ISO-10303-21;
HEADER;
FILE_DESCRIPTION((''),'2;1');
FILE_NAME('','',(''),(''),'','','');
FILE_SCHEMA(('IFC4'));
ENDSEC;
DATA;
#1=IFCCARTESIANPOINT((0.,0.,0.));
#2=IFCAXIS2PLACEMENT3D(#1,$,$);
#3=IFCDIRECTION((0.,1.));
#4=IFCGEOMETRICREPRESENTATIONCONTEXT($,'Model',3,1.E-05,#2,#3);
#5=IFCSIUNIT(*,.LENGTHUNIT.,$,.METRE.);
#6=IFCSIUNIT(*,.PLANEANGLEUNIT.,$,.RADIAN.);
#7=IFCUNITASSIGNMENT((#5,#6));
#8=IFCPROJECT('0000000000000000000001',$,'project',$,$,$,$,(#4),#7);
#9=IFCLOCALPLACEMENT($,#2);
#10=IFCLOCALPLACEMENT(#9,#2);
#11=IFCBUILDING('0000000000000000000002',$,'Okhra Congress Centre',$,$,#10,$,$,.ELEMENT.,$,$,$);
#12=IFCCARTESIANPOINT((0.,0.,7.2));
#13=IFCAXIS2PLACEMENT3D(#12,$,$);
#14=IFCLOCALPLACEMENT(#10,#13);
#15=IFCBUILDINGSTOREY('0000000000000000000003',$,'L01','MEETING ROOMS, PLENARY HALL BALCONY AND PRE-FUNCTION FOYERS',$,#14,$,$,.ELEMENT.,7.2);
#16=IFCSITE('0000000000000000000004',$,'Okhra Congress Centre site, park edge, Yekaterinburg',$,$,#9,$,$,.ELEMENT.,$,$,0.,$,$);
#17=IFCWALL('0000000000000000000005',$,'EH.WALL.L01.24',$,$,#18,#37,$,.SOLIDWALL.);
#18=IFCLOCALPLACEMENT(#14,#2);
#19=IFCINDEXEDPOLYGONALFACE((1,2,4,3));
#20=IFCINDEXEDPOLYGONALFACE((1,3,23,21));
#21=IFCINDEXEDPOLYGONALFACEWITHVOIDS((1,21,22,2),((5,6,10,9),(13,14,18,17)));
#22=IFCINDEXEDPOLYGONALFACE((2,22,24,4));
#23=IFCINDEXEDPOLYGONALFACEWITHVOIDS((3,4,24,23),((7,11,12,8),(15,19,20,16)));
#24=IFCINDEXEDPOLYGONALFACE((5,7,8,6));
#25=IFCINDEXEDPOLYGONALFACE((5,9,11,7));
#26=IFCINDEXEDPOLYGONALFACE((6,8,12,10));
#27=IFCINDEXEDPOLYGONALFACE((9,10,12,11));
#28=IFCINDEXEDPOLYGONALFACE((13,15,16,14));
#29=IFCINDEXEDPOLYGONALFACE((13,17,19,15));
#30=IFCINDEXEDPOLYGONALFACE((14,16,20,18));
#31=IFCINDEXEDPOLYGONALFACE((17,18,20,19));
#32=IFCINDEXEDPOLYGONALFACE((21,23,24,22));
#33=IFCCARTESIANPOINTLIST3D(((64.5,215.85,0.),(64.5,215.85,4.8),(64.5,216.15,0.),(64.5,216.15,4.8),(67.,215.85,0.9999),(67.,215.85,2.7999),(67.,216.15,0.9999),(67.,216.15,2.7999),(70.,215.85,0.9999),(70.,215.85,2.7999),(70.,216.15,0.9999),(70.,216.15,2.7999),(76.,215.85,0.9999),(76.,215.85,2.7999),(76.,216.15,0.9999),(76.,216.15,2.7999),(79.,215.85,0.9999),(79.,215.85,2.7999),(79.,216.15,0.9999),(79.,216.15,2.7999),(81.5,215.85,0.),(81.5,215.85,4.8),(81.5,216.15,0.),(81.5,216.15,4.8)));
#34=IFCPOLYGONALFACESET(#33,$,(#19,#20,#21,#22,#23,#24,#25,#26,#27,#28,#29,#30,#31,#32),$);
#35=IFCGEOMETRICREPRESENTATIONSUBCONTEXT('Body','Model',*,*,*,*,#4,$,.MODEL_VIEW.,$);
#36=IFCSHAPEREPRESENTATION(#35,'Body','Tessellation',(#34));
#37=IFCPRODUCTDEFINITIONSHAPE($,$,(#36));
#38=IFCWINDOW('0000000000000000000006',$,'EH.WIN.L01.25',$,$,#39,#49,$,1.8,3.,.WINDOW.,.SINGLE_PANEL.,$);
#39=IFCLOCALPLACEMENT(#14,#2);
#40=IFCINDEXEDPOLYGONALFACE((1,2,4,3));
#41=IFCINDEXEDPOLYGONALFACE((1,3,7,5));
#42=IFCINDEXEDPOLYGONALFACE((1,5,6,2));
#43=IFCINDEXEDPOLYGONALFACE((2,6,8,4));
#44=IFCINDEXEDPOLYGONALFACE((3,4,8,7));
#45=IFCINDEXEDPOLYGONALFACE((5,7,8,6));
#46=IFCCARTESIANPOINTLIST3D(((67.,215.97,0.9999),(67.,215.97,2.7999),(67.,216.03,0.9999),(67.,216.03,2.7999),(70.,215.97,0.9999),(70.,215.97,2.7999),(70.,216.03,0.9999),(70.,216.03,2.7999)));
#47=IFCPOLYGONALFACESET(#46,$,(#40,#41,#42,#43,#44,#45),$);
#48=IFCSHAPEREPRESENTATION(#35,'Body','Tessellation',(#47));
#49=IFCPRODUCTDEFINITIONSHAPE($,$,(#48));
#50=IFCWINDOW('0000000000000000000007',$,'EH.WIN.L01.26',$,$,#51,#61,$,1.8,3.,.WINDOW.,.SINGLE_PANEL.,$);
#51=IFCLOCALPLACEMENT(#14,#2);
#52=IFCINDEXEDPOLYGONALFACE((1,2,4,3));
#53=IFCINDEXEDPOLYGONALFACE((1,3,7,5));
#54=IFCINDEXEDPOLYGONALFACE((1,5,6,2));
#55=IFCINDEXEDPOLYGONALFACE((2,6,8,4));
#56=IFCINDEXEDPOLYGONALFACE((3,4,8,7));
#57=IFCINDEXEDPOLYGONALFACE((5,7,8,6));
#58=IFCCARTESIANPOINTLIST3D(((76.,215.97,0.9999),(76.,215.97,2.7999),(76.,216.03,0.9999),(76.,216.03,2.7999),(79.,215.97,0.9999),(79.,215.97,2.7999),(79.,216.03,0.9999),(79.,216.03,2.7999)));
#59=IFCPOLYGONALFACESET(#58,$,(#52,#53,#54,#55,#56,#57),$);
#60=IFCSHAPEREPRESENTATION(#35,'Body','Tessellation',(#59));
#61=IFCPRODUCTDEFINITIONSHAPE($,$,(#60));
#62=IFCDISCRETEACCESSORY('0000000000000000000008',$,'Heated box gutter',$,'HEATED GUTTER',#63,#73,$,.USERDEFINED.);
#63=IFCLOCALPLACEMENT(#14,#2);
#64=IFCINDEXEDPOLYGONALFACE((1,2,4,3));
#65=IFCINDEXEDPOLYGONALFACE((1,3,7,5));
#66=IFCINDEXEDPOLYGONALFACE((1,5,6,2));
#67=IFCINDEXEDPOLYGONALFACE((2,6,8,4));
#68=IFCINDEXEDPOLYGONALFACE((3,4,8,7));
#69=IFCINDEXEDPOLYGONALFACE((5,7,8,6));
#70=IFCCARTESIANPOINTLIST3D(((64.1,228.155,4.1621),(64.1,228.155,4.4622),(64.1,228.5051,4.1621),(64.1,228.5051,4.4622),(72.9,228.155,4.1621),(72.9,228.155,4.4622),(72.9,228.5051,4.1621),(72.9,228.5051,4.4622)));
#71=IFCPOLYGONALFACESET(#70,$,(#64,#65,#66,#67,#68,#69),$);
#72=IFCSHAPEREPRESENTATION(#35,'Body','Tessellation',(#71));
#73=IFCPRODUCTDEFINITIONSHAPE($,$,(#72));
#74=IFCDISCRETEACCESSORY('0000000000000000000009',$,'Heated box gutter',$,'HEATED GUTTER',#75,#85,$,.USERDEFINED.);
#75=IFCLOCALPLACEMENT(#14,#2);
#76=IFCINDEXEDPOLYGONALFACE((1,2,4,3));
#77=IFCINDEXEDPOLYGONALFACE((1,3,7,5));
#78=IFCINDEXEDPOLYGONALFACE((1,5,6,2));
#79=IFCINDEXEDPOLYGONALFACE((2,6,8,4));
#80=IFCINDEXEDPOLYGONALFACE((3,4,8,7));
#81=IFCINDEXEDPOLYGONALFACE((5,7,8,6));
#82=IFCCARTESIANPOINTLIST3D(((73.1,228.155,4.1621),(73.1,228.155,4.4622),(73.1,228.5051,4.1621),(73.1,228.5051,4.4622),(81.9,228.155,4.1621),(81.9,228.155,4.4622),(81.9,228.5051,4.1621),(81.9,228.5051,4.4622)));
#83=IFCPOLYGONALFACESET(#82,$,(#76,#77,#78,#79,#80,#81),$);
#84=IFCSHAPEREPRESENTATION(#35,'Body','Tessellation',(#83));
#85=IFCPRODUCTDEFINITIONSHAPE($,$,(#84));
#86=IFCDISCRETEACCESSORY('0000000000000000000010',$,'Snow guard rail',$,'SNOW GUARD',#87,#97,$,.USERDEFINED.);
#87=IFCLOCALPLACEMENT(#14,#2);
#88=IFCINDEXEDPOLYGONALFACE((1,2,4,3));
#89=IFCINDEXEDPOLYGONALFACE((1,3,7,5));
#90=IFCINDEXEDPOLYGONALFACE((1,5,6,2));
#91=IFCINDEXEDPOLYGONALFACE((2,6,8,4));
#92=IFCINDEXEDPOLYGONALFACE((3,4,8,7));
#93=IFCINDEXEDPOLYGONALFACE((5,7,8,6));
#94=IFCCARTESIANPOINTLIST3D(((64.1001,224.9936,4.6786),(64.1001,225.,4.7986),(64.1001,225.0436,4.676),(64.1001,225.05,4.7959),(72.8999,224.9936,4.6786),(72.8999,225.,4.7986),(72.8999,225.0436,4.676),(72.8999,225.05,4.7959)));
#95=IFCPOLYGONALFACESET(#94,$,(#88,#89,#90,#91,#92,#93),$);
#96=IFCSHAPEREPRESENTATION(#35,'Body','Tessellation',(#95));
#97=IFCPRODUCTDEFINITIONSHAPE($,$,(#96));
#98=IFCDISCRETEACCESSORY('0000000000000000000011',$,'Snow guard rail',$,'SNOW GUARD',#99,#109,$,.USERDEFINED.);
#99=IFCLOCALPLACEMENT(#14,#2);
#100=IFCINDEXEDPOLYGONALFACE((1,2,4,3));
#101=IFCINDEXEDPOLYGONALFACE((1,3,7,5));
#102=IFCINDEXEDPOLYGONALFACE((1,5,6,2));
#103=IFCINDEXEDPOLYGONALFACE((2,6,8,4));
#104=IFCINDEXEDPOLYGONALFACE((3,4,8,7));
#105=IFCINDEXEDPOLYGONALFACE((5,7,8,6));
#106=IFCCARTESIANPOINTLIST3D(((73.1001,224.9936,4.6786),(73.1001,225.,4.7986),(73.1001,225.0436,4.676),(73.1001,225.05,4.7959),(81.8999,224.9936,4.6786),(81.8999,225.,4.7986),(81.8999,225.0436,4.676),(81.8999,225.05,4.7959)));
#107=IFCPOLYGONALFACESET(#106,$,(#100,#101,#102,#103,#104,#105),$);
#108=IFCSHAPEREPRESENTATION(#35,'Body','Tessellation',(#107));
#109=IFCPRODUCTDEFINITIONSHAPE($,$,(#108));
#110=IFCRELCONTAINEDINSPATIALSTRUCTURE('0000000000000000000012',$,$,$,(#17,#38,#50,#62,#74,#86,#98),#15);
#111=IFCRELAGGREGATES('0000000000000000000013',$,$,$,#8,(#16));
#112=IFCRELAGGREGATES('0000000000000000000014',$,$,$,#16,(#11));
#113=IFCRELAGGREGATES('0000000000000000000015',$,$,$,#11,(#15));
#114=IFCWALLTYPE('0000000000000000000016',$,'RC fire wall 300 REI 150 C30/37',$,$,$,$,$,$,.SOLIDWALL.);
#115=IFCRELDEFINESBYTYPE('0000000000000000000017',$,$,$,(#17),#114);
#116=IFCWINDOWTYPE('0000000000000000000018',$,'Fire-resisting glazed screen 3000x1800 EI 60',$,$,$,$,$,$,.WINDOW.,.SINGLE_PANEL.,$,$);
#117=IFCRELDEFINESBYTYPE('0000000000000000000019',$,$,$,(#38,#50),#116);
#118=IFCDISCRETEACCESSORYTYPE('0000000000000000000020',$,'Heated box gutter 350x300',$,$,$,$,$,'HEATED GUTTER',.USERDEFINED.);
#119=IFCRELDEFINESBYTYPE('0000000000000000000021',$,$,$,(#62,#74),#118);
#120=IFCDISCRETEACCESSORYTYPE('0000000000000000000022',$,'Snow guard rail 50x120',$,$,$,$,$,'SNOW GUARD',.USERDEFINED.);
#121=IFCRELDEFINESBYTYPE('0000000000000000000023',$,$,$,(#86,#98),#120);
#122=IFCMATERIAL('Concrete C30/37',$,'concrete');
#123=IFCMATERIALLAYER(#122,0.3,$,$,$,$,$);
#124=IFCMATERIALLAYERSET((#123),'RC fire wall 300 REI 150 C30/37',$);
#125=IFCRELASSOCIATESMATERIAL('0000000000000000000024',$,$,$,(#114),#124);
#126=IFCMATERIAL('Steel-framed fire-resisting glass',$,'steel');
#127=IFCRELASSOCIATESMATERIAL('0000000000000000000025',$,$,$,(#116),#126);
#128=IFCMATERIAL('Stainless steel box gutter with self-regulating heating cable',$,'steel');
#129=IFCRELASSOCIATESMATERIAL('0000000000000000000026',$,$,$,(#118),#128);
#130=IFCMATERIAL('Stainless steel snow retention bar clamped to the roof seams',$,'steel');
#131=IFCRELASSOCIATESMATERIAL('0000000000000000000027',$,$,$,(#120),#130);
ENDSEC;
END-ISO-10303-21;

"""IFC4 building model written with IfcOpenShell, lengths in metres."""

from ifc_helpers import new_model, si_unit, direction, frame, frame_2d, origin, origin_2d, place, context, subcontext, project, spatial, polyline, rectangle, outline, extrude, material, layer, layer_set, type_object, element, fill, save


model = new_model("IFC4")

# Units and contexts
model_context = context("Model", 3, precision=1e-05, world=origin(), true_north=direction((0.0, 1.0)))
body_context = subcontext(model_context, "Body", "Model", "MODEL_VIEW")
ifc_project = project(units=[si_unit("LENGTHUNIT", "METRE"), si_unit("PLANEANGLEUNIT", "RADIAN")], contexts=[model_context])

# Site, building, storey
site_placement = place(None, origin())
site = spatial("IfcSite", under=ifc_project, at=site_placement, Name="Okhra Congress Centre site, park edge, Yekaterinburg", CompositionType="ELEMENT", RefElevation=0.0)
building_placement = place(site_placement, origin())
building = spatial("IfcBuilding", under=site, at=building_placement, Name="Okhra Congress Centre", CompositionType="ELEMENT")
storey_placement = place(building_placement, frame((0.0, 0.0, 7.2)))
storey = spatial("IfcBuildingStorey", under=building, at=storey_placement, Name="L01", Description="MEETING ROOMS, PLENARY HALL BALCONY AND PRE-FUNCTION FOYERS", CompositionType="ELEMENT", Elevation=7.2)

# Wall, openings, windows
ifc_material_1 = material(Name="Concrete C30/37", Category="concrete")
ifc_layer_1 = layer(ifc_material_1, 0.3)
ifc_layer_set_1 = layer_set([ifc_layer_1], Name="RC fire wall 300 REI 150 C30/37")
wall_type_1 = type_object("IfcWallType", Name="RC fire wall 300 REI 150 C30/37", PredefinedType="SOLIDWALL", material=ifc_layer_set_1)
wall_1_placement = place(storey_placement, frame((64.5, 216.0, 0.0), z_axis=(0.0, 0.0, 1.0), x_axis=(1.0, 0.0, 0.0)))
wall_1 = element("IfcWall", 1, at=wall_1_placement, inside=storey, type_object=wall_type_1, Name="EH.WALL.L01.24", PredefinedType="SOLIDWALL", context=body_context, shape_type="SweptSolid", body=[
    extrude(rectangle(XDim=17.0, YDim=0.3, at=frame_2d((8.5, 0.0))), origin(), (0.0, 0.0, 1.0), 4.8),
])
opening_1_placement = place(wall_1_placement, frame((2.5, 0.0, 1.0)))
opening_1 = element("IfcOpeningElement", 2, at=opening_1_placement, cuts=wall_1, PredefinedType="OPENING", context=body_context, shape_type="SweptSolid", body=[
    extrude(rectangle(XDim=3.0, YDim=1.8, at=frame_2d((1.5, 0.8999))), frame((0.0, 0.1599, 0.0), z_axis=(0.0, -1.0, 0.0), x_axis=(1.0, 0.0, 0.0)), (0.0, 0.0, 1.0), 0.3201),
])
opening_2_placement = place(wall_1_placement, frame((11.5, 0.0, 1.0)))
opening_2 = element("IfcOpeningElement", 3, at=opening_2_placement, cuts=wall_1, PredefinedType="OPENING", context=body_context, shape_type="SweptSolid", body=[
    extrude(rectangle(XDim=3.0, YDim=1.8, at=frame_2d((1.5, 0.8999))), frame((0.0, 0.1599, 0.0), z_axis=(0.0, -1.0, 0.0), x_axis=(1.0, 0.0, 0.0)), (0.0, 0.0, 1.0), 0.3201),
])
ifc_material_2 = material(Name="Steel-framed fire-resisting glass", Category="steel")
window_type_1 = type_object("IfcWindowType", Name="Fire-resisting glazed screen 3000x1800 EI 60", PartitioningType="SINGLE_PANEL", PredefinedType="WINDOW", material=ifc_material_2)
window_1_placement = place(opening_1_placement, origin())
window_1 = element("IfcWindow", 4, at=window_1_placement, inside=storey, type_object=window_type_1, Name="EH.WIN.L01.25", OverallHeight=1.8, OverallWidth=3.0, PartitioningType="SINGLE_PANEL", PredefinedType="WINDOW", context=body_context, shape_type="SweptSolid", body=[
    extrude(rectangle(XDim=3.0, YDim=1.8, at=frame_2d((1.5, 0.8999))), frame((0.0, 0.03, 0.0), z_axis=(0.0, -1.0, 0.0), x_axis=(1.0, 0.0, 0.0)), (0.0, 0.0, 1.0), 0.0601),
])
fill(opening_1, window_1)
window_2_placement = place(opening_2_placement, origin())
window_2 = element("IfcWindow", 5, at=window_2_placement, inside=storey, type_object=window_type_1, Name="EH.WIN.L01.26", OverallHeight=1.8, OverallWidth=3.0, PartitioningType="SINGLE_PANEL", PredefinedType="WINDOW", context=body_context, shape_type="SweptSolid", body=[
    extrude(rectangle(XDim=3.0, YDim=1.8, at=frame_2d((1.5, 0.8999))), frame((0.0, 0.03, 0.0), z_axis=(0.0, -1.0, 0.0), x_axis=(1.0, 0.0, 0.0)), (0.0, 0.0, 1.0), 0.0601),
])
fill(opening_2, window_2)

# Discrete accessories
ifc_material_3 = material(Name="Stainless steel box gutter with self-regulating heating cable", Category="steel")
discrete_accessory_type_1 = type_object("IfcDiscreteAccessoryType", Name="Heated box gutter 350x300", ElementType="HEATED GUTTER", PredefinedType="USERDEFINED", material=ifc_material_3)
for number, where, z_axis, x_axis, name in (
    (6, (68.5, 228.3301, 4.1621), (0.0, 0.0, 1.0), (1.0, 0.0, 0.0), "Heated box gutter"),
    (7, (77.5, 228.3301, 4.1621), (0.0, 0.0, 1.0), (1.0, 0.0, 0.0), "Heated box gutter"),
):
    element("IfcDiscreteAccessory", number, at=place(storey_placement, frame(where, z_axis=z_axis, x_axis=x_axis)), inside=storey, type_object=discrete_accessory_type_1, Name=name, ObjectType="HEATED GUTTER", PredefinedType="USERDEFINED", context=body_context, shape_type="SweptSolid", body=[
        extrude(rectangle(XDim=8.8, YDim=0.3501, at=origin_2d()), origin(), (0.0, 0.0, 1.0), 0.3),
    ])
ifc_material_4 = material(Name="Stainless steel snow retention bar clamped to the roof seams", Category="steel")
discrete_accessory_type_2 = type_object("IfcDiscreteAccessoryType", Name="Snow guard rail 50x120", ElementType="SNOW GUARD", PredefinedType="USERDEFINED", material=ifc_material_4)
for number, where, z_axis, x_axis, name in (
    (8, (64.1001, 225.0, 4.7986), (0.0, 0.053581, 0.998563), (1.0, 0.0, 0.0), "Snow guard rail"),
    (9, (73.1001, 225.0, 4.7986), (0.0, 0.053581, 0.998563), (1.0, 0.0, 0.0), "Snow guard rail"),
):
    element("IfcDiscreteAccessory", number, at=place(storey_placement, frame(where, z_axis=z_axis, x_axis=x_axis)), inside=storey, type_object=discrete_accessory_type_2, Name=name, ObjectType="SNOW GUARD", PredefinedType="USERDEFINED", context=body_context, shape_type="SweptSolid", body=[
        extrude(outline(polyline([(0.0, 0.0), (8.7998, 0.0), (8.7998, 0.0501), (0.0, 0.0501), (0.0, 0.0)])), origin(), (0.0, 0.0, -1.0), 0.1201),
    ])

save(model, "model.ifc")
